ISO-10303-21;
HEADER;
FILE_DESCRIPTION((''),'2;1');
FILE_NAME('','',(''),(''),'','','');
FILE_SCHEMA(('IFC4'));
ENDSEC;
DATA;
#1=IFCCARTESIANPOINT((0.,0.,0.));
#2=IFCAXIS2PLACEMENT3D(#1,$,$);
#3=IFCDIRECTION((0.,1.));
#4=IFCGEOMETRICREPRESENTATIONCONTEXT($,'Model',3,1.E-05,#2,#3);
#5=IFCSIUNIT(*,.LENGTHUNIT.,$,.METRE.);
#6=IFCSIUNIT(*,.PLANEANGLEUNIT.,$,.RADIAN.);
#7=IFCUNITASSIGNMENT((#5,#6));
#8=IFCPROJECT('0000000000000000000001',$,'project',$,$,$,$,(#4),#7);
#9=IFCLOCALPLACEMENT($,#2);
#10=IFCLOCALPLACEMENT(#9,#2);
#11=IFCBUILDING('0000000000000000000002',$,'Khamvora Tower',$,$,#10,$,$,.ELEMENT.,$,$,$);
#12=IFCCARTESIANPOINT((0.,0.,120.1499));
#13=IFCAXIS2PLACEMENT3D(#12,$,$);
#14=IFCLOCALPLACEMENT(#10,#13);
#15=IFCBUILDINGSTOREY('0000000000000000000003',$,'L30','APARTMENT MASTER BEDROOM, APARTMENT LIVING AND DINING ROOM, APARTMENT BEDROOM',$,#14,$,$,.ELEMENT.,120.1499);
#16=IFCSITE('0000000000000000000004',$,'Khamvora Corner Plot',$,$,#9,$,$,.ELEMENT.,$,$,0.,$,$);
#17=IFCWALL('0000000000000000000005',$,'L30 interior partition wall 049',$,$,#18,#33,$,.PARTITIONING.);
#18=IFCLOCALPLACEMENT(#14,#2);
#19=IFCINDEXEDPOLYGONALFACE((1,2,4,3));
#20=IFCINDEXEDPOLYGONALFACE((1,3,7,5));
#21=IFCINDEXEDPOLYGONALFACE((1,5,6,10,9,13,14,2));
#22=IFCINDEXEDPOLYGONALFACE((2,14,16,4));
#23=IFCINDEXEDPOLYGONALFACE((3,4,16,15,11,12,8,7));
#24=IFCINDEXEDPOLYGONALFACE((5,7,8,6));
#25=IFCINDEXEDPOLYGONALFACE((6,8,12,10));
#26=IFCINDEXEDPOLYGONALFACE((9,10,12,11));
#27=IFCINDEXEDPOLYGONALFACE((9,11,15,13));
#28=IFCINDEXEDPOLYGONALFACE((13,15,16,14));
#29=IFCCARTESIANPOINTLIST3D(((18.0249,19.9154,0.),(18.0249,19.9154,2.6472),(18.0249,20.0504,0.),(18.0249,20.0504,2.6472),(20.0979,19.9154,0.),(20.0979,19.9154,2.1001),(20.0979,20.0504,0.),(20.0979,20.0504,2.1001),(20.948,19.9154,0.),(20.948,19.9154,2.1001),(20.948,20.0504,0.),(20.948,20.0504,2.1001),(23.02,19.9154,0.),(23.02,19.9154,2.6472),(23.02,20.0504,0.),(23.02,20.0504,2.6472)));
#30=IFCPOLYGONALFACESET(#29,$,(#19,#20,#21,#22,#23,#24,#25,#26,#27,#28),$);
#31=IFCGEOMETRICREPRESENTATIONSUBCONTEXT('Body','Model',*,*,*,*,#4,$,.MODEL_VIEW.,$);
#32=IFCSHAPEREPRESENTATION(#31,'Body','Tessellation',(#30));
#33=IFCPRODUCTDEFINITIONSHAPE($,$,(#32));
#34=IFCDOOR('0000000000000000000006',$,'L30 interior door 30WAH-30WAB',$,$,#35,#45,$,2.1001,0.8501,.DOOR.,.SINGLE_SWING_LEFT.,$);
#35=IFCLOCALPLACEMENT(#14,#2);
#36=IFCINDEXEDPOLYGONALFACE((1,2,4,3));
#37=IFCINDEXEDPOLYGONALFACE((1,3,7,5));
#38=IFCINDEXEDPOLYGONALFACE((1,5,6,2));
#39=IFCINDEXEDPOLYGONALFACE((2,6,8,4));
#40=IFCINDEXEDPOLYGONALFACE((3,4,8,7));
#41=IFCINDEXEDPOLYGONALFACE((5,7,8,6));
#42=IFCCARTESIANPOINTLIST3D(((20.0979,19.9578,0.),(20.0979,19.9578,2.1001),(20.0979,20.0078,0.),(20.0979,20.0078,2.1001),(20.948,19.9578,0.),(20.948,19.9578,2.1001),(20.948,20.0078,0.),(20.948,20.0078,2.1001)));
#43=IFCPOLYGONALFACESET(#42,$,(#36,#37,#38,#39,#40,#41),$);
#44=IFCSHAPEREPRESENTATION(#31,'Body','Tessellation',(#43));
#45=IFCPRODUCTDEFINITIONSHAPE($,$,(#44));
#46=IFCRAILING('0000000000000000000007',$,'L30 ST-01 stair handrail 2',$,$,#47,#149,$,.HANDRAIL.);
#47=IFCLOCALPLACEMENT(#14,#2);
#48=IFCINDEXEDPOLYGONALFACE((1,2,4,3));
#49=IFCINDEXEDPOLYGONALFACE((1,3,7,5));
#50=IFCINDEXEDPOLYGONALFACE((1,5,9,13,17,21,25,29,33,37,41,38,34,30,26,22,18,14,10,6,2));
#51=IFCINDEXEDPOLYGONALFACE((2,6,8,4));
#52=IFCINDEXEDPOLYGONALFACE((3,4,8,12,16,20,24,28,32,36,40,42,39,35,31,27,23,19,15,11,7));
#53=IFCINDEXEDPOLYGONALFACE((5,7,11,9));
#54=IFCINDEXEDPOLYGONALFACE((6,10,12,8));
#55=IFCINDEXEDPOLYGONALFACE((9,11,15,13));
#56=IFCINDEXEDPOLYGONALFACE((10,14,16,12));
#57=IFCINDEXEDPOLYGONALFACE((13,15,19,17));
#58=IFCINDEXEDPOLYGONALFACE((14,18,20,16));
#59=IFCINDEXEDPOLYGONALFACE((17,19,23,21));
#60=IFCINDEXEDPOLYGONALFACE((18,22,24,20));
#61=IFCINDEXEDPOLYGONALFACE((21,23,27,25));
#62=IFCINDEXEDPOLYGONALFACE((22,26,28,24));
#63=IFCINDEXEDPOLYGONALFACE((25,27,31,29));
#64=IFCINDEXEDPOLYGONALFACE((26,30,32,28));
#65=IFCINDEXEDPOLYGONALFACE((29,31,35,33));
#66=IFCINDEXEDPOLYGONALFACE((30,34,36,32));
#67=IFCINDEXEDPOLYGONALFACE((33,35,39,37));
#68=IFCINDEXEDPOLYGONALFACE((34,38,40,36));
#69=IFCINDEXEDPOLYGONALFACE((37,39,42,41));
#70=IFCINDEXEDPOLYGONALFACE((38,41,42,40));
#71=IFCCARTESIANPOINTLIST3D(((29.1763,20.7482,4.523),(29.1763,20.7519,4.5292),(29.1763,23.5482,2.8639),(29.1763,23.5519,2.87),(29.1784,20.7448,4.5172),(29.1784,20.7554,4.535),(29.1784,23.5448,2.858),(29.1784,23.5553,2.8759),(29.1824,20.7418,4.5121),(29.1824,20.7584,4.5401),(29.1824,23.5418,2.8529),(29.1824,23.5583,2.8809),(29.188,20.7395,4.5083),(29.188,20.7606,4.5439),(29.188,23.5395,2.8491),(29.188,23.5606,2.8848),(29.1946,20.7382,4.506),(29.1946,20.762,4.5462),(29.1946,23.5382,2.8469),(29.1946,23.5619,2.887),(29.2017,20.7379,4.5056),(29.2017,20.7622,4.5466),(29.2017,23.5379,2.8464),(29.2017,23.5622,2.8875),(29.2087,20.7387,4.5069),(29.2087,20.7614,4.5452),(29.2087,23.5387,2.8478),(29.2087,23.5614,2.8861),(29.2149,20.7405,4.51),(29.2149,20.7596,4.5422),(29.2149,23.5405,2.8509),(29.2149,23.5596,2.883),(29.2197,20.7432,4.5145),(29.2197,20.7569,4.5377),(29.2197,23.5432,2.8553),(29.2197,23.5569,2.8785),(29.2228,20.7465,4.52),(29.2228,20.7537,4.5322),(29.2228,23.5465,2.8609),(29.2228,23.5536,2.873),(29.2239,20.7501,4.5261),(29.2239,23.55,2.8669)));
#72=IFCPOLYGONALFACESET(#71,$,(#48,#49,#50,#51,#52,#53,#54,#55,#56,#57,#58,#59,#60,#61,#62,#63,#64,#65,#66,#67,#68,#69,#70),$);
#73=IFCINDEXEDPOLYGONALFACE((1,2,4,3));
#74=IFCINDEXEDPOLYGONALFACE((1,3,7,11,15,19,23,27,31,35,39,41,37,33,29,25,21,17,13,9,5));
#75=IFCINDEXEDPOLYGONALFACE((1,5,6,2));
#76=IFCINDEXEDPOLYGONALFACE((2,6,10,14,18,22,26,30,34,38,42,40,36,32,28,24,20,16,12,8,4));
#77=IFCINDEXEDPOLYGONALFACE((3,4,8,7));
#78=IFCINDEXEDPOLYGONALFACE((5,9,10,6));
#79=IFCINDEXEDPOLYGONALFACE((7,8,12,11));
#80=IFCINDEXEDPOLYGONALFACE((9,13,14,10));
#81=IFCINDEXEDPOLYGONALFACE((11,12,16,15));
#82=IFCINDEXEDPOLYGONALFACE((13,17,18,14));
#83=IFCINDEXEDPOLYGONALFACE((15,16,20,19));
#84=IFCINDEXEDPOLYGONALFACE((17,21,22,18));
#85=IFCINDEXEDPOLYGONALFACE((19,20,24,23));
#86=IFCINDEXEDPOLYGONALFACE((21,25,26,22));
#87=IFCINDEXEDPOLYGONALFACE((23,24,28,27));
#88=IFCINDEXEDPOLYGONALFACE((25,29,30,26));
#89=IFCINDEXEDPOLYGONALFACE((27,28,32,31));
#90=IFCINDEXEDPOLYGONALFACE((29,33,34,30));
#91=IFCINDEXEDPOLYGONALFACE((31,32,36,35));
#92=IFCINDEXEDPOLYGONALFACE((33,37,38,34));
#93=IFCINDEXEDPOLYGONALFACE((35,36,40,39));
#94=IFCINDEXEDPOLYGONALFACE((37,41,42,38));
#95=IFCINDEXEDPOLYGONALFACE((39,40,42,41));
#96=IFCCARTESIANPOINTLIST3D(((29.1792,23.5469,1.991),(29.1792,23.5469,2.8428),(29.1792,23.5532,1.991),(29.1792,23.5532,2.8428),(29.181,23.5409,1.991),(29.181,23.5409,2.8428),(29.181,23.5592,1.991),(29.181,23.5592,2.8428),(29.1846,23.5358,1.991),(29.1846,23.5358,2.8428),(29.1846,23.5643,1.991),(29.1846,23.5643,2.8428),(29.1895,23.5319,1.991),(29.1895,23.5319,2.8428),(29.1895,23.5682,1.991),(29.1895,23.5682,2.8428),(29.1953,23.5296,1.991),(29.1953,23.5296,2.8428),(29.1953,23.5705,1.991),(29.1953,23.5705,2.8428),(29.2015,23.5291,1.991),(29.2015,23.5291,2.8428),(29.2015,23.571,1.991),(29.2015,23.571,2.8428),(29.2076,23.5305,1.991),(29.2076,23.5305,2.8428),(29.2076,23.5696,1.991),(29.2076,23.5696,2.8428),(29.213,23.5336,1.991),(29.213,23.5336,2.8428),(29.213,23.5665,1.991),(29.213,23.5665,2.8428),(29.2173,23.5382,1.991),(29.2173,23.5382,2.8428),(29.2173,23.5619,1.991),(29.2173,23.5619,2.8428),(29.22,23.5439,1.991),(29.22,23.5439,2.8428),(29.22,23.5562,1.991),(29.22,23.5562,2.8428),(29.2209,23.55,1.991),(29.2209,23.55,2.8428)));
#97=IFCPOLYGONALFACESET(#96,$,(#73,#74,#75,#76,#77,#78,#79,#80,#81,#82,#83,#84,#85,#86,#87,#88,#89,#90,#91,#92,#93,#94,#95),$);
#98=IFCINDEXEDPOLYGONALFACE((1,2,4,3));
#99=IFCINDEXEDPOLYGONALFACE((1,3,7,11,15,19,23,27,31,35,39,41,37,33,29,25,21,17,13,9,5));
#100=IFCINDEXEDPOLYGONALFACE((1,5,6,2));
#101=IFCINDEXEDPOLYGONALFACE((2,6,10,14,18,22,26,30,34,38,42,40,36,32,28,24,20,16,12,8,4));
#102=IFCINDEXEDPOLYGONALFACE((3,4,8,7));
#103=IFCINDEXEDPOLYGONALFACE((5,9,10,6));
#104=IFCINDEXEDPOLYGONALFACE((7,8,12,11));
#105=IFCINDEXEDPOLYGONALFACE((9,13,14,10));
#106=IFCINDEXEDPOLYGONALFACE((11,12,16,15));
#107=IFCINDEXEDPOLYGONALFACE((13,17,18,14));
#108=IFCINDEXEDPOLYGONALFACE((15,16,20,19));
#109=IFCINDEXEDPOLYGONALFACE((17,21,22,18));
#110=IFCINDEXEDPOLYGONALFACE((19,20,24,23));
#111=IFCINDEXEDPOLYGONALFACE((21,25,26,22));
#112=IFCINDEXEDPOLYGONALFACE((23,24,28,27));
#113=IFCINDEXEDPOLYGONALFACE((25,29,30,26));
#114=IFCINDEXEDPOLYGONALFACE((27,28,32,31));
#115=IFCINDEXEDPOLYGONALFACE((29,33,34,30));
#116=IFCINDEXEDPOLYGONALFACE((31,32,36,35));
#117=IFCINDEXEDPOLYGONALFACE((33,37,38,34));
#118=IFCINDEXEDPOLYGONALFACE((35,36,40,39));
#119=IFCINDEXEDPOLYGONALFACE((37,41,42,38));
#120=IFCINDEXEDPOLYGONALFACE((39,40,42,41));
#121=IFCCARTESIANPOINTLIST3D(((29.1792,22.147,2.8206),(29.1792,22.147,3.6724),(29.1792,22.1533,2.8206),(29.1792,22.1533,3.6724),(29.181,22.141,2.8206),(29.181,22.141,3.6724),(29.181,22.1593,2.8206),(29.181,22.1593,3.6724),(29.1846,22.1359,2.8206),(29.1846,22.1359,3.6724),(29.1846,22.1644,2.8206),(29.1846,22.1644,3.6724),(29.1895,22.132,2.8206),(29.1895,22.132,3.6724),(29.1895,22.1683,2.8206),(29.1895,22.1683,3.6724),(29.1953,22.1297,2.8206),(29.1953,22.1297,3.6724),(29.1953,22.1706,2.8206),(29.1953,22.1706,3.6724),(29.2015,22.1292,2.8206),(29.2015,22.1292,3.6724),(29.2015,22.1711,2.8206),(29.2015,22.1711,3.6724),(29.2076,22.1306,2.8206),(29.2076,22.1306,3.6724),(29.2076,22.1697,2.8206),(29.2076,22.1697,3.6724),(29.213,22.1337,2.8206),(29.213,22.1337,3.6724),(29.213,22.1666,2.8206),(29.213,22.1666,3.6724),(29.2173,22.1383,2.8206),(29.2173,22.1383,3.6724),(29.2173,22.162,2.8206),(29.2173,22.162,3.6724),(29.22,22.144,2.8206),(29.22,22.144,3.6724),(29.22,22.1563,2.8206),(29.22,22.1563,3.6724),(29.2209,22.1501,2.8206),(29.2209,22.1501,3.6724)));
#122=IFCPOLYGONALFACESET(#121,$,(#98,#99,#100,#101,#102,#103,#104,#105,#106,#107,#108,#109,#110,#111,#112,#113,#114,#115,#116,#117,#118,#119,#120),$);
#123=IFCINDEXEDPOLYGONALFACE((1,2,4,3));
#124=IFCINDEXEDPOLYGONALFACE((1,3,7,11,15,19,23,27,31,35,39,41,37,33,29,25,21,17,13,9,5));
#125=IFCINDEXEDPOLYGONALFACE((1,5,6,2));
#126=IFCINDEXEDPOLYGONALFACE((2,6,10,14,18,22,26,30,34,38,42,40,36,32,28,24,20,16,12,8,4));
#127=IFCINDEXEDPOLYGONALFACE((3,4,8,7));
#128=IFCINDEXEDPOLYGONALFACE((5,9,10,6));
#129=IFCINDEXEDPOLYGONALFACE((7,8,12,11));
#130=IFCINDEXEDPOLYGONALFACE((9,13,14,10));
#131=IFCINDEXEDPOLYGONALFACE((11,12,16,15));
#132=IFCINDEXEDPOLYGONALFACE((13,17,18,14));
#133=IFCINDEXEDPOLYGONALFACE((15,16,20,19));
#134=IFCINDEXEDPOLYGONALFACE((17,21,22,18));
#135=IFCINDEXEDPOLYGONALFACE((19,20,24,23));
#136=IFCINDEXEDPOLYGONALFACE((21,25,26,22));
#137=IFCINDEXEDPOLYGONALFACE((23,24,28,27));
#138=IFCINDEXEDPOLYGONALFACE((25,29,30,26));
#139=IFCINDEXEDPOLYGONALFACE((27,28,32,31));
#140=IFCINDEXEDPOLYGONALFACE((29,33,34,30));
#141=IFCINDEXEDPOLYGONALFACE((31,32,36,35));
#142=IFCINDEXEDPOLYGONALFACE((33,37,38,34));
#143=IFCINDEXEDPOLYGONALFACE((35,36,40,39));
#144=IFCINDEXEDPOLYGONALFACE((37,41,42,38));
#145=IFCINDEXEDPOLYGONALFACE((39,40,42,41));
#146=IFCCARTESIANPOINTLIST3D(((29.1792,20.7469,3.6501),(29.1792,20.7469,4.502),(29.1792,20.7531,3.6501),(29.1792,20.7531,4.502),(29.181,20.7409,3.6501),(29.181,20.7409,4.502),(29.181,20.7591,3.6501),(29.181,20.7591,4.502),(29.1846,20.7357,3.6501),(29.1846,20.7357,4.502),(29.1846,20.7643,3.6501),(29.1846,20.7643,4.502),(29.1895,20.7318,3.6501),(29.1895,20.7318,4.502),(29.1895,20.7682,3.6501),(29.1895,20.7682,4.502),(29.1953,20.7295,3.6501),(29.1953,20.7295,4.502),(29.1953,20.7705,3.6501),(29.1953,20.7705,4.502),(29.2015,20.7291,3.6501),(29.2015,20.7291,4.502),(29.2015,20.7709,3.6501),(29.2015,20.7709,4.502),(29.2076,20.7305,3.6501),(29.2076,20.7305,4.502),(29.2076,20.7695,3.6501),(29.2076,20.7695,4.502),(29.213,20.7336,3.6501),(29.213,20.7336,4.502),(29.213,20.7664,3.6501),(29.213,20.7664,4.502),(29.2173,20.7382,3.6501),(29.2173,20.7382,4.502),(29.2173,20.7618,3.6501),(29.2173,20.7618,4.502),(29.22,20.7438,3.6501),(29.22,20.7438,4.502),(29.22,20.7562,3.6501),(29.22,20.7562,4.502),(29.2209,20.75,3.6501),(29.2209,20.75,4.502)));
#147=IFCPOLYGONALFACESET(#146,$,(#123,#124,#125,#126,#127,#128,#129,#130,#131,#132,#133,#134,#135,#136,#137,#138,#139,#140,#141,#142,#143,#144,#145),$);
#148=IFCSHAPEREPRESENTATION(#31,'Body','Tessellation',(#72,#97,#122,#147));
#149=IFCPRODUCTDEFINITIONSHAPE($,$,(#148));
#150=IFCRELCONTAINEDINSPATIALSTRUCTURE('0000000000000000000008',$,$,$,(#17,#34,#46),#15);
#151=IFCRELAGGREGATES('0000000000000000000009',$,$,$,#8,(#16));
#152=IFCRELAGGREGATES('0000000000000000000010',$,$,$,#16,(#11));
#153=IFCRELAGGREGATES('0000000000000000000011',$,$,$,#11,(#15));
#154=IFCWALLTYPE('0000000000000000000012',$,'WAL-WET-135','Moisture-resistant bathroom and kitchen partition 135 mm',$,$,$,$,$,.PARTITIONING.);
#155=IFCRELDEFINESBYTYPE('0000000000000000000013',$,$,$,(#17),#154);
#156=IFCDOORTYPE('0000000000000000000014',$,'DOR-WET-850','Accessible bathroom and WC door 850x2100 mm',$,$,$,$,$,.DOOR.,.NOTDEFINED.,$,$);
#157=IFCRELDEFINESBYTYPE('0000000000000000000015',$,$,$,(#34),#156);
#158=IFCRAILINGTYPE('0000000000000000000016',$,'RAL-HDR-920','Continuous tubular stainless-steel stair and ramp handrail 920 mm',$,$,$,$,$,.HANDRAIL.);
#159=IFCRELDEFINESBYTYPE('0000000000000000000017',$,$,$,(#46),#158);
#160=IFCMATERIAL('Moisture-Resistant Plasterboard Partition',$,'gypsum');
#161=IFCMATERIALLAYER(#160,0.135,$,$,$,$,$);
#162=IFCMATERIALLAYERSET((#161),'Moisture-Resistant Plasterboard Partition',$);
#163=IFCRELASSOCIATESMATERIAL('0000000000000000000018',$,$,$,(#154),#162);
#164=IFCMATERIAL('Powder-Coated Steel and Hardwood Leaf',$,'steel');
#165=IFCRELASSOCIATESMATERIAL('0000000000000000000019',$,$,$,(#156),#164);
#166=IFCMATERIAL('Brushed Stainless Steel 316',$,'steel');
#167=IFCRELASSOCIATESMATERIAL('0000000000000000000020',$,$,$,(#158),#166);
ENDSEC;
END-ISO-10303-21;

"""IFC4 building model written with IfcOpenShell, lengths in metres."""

from ifc_helpers import new_model, si_unit, direction, frame, frame_2d, origin, origin_2d, place, context, subcontext, project, spatial, rectangle, circle, extrude, material, layer, layer_set, type_object, element, fill, save


model = new_model("IFC4")

# Units and contexts
model_context = context("Model", 3, precision=1e-05, world=origin(), true_north=direction((0.0, 1.0)))
body_context = subcontext(model_context, "Body", "Model", "MODEL_VIEW")
ifc_project = project(units=[si_unit("LENGTHUNIT", "METRE"), si_unit("PLANEANGLEUNIT", "RADIAN")], contexts=[model_context])

# Site, building, storey
site_placement = place(None, origin())
site = spatial("IfcSite", under=ifc_project, at=site_placement, Name="Khamvora Corner Plot", CompositionType="ELEMENT", RefElevation=0.0)
building_placement = place(site_placement, origin())
building = spatial("IfcBuilding", under=site, at=building_placement, Name="Khamvora Tower", CompositionType="ELEMENT")
storey_placement = place(building_placement, frame((0.0, 0.0, 120.1499)))
storey = spatial("IfcBuildingStorey", under=building, at=storey_placement, Name="L30", Description="APARTMENT MASTER BEDROOM, APARTMENT LIVING AND DINING ROOM, APARTMENT BEDROOM", CompositionType="ELEMENT", Elevation=120.1499)

# Shared definitions
ifc_material_1 = material(Name="Powder-Coated Steel and Hardwood Leaf", Category="steel")

# Shared definitions
ifc_material_2 = material(Name="Moisture-Resistant Plasterboard Partition", Category="gypsum")
ifc_layer_1 = layer(ifc_material_2, 0.135)
ifc_layer_set_1 = layer_set([ifc_layer_1], Name="Moisture-Resistant Plasterboard Partition")
wall_type_1 = type_object("IfcWallType", Name="WAL-WET-135", Description="Moisture-resistant bathroom and kitchen partition 135 mm", PredefinedType="PARTITIONING", material=ifc_layer_set_1)

# Wall, opening, door
wall_1_placement = place(storey_placement, frame((18.0249, 19.9829, 0.0), z_axis=(0.0, 0.0, 1.0), x_axis=(1.0, 0.0, 0.0)))
wall_1 = element("IfcWall", 1, at=wall_1_placement, inside=storey, type_object=wall_type_1, Name="L30 interior partition wall 049", PredefinedType="PARTITIONING", context=body_context, shape_type="SweptSolid", body=[
    extrude(rectangle(XDim=4.9951, YDim=0.135, at=frame_2d((2.4976, 0.0))), origin(), (0.0, 0.0, 1.0), 2.6472),
])
opening_1_placement = place(wall_1_placement, frame((2.073, 0.0, 0.0)))
opening_1 = element("IfcOpeningElement", 2, at=opening_1_placement, cuts=wall_1, PredefinedType="OPENING", context=body_context, shape_type="SweptSolid", body=[
    extrude(rectangle(XDim=0.8501, YDim=2.1001, at=frame_2d((0.425, 1.05))), frame((0.0, 0.0774, 0.0), z_axis=(0.0, -1.0, 0.0), x_axis=(1.0, 0.0, 0.0)), (0.0, 0.0, 1.0), 0.155),
])
door_type_1 = type_object("IfcDoorType", Name="DOR-WET-850", Description="Accessible bathroom and WC door 850x2100 mm", OperationType="NOTDEFINED", PredefinedType="DOOR", material=ifc_material_1)
door_1_placement = place(opening_1_placement, origin())
door_1 = element("IfcDoor", 3, at=door_1_placement, inside=storey, type_object=door_type_1, Name="L30 interior door 30WAH-30WAB", OperationType="SINGLE_SWING_LEFT", OverallHeight=2.1001, OverallWidth=0.8501, PredefinedType="DOOR", context=body_context, shape_type="SweptSolid", body=[
    extrude(rectangle(XDim=0.8501, YDim=2.1001, at=frame_2d((0.425, 1.05))), frame((0.0, 0.0249, 0.0), z_axis=(0.0, -1.0, 0.0), x_axis=(1.0, 0.0, 0.0)), (0.0, 0.0, 1.0), 0.05),
])
fill(opening_1, door_1)

# Railing
ifc_material_3 = material(Name="Brushed Stainless Steel 316", Category="steel")
railing_type = type_object("IfcRailingType", Name="RAL-HDR-920", Description="Continuous tubular stainless-steel stair and ramp handrail 920 mm", PredefinedType="HANDRAIL", material=ifc_material_3)
railing_placement = place(storey_placement, frame((29.2, 23.55, 1.991)))
element("IfcRailing", 4, at=railing_placement, inside=storey, type_object=railing_type, Name="L30 ST-01 stair handrail 2", PredefinedType="HANDRAIL", context=body_context, shape_type="SweptSolid", body=[
    extrude(circle(Radius=0.0239, at=origin_2d()), frame((0.0, 0.0, 0.876), z_axis=(0.0, -0.860306, 0.509778), x_axis=(1.0, 0.0, 0.0)), (0.0, 0.0, 1.0), 3.2546),
    extrude(circle(Radius=0.021, at=origin_2d()), origin(), (0.0, 0.0, 1.0), 0.8518),
    extrude(circle(Radius=0.021, at=origin_2d()), frame((0.0, -1.3999, 0.8296)), (0.0, 0.0, 1.0), 0.8518),
    extrude(circle(Radius=0.021, at=origin_2d()), frame((0.0, -2.8, 1.6592)), (0.0, 0.0, 1.0), 0.8518),
])

save(model, "model.ifc")
